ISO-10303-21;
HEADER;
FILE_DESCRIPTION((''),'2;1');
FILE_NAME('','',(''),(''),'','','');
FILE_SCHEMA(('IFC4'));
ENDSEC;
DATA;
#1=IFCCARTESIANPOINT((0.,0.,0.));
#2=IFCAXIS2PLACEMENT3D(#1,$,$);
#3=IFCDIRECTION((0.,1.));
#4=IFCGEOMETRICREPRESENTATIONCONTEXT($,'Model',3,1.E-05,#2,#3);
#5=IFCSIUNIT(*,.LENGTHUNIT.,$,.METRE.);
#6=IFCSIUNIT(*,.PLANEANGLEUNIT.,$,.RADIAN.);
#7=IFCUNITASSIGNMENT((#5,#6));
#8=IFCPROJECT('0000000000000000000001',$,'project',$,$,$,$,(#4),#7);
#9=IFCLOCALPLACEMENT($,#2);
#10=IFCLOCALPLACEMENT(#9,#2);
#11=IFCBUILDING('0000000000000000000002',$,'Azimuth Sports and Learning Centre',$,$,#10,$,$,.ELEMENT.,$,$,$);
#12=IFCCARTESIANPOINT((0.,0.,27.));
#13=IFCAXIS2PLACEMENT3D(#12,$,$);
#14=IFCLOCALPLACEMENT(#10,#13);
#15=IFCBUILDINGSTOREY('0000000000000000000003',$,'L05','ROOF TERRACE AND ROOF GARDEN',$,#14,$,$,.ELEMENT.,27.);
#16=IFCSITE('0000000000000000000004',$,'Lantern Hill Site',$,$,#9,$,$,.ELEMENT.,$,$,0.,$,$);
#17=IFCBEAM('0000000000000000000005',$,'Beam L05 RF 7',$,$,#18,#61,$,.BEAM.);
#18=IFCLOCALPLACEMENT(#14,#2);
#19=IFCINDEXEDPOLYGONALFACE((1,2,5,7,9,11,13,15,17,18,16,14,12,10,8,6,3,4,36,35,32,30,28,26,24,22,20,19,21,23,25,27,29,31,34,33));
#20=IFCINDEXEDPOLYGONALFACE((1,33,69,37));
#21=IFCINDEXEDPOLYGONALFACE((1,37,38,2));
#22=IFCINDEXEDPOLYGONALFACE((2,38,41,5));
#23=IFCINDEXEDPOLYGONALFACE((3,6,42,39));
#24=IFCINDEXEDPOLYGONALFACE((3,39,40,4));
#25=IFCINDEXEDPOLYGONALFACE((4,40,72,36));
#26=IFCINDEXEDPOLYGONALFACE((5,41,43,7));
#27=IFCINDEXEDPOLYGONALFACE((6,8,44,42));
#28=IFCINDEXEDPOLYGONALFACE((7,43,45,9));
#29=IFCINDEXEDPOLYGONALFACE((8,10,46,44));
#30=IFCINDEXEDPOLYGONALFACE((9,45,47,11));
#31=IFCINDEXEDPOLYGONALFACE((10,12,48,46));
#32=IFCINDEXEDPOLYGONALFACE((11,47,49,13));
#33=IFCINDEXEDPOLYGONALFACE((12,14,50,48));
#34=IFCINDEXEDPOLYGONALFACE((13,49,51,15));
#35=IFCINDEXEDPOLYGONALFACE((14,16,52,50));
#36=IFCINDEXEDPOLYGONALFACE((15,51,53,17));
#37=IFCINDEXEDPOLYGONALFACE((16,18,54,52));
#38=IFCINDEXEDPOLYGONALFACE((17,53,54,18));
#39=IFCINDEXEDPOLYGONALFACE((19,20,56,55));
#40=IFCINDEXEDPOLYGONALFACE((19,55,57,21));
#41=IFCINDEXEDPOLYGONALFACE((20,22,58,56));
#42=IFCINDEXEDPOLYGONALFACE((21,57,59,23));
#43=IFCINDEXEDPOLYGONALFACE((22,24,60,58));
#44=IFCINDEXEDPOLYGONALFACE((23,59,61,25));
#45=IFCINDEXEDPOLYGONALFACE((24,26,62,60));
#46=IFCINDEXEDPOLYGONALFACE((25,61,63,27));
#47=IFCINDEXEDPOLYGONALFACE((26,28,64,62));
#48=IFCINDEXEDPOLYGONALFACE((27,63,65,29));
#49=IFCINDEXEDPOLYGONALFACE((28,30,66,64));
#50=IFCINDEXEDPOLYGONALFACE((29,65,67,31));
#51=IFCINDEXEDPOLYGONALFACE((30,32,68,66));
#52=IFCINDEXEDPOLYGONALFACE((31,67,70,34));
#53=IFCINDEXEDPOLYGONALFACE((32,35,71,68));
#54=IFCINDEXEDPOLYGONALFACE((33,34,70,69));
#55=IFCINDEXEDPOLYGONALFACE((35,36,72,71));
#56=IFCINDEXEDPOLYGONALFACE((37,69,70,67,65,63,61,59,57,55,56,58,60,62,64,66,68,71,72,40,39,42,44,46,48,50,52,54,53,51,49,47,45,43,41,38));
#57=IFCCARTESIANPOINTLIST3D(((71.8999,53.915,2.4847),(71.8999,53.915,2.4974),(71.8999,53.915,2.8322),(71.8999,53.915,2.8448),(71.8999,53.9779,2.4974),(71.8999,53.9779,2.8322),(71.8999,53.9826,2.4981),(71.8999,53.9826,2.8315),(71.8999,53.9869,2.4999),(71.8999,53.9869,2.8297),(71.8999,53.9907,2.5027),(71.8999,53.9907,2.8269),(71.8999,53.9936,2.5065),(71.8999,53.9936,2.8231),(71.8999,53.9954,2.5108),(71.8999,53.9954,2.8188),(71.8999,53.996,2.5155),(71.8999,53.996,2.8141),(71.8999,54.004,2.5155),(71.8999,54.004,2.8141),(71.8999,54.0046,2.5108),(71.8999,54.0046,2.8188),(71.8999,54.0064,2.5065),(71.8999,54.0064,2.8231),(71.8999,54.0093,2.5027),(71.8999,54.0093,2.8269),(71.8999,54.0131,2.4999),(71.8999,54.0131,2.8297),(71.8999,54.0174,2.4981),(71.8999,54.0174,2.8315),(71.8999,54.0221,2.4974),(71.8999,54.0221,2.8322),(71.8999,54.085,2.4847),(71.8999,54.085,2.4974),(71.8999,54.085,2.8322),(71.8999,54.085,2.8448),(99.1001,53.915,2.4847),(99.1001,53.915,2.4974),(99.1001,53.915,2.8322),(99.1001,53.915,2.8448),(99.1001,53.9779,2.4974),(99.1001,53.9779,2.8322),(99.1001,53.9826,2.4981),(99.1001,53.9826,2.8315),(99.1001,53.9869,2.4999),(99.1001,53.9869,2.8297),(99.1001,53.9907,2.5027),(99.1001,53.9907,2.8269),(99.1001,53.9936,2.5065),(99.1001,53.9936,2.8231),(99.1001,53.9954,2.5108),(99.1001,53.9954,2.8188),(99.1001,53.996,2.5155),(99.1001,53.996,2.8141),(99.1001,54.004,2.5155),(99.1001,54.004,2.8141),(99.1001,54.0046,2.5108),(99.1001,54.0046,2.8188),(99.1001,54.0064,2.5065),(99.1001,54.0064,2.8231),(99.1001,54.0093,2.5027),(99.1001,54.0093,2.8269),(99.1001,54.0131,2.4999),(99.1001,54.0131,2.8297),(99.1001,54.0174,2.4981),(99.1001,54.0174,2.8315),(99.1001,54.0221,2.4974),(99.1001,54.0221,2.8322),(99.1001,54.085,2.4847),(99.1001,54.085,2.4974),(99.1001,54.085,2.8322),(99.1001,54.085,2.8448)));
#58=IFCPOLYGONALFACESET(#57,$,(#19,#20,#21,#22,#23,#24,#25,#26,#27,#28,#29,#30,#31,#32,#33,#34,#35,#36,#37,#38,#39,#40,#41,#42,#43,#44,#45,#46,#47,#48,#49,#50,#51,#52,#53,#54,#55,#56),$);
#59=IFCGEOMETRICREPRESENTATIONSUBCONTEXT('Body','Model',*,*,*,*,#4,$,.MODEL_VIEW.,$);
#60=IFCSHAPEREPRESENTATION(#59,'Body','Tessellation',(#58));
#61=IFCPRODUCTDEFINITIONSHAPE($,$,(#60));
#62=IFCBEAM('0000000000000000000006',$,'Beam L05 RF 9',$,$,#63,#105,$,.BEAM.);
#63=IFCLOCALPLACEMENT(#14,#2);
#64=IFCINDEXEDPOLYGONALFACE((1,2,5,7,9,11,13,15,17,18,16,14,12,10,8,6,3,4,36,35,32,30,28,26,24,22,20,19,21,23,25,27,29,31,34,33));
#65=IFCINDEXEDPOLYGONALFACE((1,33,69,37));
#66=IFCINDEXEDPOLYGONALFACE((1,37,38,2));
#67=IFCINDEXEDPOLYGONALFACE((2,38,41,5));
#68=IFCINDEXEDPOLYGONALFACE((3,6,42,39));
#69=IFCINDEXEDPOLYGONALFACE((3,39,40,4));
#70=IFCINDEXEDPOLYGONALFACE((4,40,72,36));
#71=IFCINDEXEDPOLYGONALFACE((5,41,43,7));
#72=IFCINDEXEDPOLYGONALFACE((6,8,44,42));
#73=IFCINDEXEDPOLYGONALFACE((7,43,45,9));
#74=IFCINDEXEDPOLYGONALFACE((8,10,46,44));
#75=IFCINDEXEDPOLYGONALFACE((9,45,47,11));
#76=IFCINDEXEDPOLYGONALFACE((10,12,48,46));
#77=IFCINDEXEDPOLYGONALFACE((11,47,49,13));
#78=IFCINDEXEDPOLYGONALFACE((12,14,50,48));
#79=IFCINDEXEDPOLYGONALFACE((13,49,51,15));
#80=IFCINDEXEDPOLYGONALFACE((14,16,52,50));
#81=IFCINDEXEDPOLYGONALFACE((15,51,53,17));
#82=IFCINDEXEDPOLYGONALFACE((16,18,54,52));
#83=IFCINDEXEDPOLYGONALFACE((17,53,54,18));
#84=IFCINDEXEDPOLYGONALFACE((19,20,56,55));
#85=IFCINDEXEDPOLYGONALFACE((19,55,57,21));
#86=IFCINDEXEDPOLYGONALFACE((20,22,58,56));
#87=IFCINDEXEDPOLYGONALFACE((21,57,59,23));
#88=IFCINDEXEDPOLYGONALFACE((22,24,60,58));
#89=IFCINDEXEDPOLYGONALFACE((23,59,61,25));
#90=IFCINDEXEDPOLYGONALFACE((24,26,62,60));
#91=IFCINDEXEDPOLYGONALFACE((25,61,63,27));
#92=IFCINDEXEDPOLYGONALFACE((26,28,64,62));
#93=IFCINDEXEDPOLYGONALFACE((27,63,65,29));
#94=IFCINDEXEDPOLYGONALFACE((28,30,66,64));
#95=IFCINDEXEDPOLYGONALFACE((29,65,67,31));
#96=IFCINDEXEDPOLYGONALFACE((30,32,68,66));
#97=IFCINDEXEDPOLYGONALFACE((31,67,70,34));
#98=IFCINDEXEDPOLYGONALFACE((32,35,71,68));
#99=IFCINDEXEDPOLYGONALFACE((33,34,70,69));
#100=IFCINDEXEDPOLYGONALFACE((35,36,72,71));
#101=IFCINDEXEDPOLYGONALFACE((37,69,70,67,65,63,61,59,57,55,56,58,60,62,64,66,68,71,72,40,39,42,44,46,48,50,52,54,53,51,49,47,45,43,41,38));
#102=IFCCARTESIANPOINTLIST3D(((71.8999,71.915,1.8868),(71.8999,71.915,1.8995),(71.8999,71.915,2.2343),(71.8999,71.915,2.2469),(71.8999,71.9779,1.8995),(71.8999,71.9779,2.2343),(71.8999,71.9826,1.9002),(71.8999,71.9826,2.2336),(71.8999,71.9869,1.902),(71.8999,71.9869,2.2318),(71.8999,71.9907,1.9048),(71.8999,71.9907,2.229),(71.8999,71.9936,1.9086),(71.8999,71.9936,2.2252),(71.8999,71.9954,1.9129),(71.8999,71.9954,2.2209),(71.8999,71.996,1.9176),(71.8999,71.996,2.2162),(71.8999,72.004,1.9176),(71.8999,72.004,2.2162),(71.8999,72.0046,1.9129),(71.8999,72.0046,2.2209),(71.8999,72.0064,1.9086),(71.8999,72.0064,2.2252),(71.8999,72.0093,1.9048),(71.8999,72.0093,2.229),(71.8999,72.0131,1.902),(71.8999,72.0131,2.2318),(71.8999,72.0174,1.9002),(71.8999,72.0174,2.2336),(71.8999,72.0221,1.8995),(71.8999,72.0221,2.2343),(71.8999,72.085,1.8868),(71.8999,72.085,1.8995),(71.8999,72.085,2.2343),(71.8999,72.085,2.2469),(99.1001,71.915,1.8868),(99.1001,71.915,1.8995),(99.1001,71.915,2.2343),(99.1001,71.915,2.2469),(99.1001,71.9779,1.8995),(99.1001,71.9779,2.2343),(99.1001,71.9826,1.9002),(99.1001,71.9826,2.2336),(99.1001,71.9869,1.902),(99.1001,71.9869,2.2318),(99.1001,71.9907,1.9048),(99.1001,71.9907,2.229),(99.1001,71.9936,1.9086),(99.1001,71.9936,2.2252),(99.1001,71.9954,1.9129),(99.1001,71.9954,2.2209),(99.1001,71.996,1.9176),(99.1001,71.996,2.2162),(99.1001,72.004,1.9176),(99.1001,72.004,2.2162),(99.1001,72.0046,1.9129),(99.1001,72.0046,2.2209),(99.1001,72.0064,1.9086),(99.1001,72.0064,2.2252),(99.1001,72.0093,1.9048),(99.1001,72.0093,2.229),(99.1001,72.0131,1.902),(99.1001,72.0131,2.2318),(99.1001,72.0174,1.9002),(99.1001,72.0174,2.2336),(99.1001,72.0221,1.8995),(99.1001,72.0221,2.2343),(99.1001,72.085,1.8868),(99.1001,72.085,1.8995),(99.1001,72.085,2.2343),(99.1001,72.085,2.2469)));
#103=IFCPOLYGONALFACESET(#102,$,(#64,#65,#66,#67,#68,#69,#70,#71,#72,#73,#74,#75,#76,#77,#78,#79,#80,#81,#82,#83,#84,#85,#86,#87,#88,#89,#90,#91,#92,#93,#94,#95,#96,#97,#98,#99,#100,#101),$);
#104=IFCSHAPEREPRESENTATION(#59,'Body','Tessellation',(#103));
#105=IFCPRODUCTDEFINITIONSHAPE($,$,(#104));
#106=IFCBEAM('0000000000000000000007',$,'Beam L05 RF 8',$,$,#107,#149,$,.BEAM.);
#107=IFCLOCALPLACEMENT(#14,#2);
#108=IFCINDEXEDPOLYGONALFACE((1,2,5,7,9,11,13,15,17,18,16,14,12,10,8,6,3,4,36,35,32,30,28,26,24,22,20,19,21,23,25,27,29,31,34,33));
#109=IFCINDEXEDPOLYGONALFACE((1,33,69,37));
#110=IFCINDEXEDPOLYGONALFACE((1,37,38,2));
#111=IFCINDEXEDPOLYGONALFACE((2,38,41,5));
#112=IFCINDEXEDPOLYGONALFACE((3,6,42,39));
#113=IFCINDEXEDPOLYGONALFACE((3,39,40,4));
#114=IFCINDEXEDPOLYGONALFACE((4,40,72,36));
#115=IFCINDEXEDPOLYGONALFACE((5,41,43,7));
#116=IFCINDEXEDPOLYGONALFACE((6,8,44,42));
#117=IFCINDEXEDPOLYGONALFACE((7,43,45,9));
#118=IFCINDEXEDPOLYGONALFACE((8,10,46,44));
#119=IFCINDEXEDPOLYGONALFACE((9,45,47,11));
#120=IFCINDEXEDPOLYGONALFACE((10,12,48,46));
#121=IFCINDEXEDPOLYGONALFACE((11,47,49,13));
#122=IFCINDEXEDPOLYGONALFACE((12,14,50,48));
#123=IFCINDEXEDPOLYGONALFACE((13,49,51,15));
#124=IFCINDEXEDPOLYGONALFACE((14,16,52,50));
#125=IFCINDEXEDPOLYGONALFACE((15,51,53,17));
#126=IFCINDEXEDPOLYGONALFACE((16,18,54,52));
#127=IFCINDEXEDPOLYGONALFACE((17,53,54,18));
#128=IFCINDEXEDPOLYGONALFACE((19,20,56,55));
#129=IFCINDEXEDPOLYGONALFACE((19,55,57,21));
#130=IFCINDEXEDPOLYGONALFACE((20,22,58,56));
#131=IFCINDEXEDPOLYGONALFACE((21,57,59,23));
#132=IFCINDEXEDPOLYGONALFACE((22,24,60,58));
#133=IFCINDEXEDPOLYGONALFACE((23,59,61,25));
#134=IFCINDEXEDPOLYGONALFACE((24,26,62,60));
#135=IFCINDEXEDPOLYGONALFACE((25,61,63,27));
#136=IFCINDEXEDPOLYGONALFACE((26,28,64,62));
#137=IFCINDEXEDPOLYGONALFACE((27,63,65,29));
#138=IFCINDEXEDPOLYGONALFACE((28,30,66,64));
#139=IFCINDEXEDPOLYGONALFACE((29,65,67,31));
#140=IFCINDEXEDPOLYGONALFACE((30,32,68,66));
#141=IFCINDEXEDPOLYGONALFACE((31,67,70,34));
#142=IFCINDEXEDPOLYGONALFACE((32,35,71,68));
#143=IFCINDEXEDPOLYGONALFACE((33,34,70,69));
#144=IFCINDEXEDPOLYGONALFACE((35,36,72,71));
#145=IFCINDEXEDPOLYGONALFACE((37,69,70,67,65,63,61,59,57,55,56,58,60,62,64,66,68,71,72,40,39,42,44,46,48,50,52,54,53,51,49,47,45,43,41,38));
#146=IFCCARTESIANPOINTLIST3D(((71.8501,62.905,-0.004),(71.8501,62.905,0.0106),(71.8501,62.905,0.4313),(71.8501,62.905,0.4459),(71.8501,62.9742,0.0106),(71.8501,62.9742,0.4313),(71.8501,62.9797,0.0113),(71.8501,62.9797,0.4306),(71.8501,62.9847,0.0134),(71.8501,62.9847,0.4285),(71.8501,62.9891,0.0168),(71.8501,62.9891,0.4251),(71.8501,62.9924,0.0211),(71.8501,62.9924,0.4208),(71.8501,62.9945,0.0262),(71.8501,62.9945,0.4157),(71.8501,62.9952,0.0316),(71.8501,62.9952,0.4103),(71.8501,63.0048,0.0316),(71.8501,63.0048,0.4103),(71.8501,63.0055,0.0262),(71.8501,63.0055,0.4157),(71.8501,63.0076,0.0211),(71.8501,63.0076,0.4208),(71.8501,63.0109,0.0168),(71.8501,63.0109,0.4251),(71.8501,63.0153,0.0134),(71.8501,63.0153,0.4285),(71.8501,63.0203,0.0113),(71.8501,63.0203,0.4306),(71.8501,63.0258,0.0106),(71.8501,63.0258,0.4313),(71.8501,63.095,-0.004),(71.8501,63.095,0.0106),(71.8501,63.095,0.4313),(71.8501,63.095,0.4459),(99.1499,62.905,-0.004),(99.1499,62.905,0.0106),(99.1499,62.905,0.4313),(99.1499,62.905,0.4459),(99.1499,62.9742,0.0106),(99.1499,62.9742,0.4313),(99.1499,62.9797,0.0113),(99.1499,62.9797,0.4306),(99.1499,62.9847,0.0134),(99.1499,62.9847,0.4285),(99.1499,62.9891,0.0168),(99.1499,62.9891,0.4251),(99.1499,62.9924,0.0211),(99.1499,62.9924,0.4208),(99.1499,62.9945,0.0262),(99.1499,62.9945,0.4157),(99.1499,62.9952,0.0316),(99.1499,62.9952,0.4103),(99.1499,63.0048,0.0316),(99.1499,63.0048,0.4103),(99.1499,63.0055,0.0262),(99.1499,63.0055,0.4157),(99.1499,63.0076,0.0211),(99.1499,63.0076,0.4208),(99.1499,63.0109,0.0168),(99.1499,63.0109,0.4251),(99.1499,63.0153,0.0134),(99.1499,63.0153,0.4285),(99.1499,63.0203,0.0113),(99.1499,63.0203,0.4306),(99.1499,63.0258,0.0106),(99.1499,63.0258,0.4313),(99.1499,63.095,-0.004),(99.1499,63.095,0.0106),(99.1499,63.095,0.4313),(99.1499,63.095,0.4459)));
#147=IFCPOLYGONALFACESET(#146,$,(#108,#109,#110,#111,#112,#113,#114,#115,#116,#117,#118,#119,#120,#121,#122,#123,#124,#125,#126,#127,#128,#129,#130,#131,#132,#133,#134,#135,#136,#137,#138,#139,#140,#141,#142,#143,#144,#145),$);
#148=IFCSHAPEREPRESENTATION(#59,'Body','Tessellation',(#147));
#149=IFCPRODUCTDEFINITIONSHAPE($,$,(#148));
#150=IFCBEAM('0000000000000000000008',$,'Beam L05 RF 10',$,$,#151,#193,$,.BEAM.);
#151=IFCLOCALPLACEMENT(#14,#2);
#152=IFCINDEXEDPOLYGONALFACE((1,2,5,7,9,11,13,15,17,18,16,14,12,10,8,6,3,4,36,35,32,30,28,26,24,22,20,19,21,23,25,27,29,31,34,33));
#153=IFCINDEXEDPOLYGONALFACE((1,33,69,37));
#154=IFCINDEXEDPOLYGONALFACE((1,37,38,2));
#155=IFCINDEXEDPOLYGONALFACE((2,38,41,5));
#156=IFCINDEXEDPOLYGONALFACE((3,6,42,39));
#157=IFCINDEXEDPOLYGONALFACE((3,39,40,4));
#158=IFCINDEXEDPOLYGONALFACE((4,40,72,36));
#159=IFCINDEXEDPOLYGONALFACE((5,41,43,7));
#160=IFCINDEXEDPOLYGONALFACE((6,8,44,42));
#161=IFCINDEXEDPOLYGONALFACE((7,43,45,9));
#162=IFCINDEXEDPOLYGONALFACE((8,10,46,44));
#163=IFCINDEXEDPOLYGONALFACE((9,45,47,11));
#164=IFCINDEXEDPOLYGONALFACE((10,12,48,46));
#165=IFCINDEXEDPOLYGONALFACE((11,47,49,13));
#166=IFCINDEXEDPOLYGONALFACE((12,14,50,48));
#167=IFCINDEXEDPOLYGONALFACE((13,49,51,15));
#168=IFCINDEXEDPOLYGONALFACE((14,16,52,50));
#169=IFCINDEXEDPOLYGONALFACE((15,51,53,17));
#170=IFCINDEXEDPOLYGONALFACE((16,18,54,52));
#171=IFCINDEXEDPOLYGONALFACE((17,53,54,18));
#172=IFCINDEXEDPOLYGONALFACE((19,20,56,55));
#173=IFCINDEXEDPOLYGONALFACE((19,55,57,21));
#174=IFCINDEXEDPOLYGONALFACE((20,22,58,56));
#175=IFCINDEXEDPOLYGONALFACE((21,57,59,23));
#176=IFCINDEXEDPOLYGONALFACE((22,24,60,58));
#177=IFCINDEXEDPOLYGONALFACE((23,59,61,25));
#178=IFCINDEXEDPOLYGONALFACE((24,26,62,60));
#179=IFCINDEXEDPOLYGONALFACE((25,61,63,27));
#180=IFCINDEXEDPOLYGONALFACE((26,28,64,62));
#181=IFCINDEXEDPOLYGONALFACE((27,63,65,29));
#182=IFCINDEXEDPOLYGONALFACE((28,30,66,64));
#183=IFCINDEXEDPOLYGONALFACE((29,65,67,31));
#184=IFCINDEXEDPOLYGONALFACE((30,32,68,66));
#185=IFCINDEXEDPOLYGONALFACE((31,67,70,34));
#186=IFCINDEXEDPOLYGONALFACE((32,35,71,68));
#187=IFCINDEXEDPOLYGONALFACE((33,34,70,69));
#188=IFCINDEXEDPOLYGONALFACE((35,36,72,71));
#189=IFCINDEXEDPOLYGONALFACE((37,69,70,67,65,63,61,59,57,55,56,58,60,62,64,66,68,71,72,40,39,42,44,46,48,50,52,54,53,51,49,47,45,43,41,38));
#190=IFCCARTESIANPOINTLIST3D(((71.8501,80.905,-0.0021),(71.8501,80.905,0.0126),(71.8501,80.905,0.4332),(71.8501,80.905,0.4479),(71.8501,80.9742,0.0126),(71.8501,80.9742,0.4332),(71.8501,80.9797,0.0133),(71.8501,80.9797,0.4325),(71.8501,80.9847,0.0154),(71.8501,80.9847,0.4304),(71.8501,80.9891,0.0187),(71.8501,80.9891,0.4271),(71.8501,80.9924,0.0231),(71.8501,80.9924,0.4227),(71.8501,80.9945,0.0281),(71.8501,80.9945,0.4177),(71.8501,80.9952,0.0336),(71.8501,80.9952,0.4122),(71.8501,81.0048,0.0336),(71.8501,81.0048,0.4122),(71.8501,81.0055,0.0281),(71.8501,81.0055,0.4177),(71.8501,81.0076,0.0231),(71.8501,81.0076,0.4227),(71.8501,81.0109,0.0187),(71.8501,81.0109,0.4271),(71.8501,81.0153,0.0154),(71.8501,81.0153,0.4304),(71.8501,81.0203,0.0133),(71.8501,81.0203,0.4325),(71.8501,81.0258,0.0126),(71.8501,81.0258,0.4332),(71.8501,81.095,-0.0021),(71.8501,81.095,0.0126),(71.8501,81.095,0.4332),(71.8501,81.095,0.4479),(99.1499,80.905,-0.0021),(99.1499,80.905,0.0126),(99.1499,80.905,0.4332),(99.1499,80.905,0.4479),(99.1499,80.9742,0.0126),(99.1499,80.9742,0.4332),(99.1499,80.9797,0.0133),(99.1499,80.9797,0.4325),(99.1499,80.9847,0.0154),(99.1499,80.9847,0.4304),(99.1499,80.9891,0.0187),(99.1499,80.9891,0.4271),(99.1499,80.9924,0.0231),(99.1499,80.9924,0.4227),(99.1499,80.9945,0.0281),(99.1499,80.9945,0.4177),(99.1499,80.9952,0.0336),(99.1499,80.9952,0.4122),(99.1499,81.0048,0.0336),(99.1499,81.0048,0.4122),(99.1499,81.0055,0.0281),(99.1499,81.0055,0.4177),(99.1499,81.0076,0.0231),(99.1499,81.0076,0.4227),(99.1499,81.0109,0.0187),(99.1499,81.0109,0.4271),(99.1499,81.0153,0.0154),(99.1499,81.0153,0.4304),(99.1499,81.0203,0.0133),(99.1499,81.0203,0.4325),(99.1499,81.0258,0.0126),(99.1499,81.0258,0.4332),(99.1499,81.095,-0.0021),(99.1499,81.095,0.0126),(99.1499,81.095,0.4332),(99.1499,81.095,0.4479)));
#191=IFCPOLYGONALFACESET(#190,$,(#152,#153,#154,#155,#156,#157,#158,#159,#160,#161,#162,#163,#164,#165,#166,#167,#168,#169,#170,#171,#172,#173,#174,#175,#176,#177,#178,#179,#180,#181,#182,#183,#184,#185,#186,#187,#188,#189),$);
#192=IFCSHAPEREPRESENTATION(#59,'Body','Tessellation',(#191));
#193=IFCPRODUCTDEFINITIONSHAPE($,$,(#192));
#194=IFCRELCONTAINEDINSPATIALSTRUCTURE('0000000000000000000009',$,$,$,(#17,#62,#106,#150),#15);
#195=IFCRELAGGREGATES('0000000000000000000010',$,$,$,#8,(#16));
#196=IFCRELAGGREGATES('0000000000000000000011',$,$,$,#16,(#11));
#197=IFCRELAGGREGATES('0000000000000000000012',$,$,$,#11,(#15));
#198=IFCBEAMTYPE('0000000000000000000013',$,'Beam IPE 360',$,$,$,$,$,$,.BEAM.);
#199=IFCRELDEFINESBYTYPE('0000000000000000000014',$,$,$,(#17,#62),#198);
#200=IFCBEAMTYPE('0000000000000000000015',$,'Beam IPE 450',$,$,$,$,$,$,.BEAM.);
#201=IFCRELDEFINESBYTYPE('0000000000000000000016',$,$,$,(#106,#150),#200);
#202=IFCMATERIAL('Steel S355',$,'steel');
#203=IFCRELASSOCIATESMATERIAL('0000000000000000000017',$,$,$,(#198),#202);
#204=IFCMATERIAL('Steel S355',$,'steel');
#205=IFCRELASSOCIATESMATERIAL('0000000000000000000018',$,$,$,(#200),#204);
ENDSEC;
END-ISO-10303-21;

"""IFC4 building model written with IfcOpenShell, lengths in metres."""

from ifc_helpers import new_model, si_unit, direction, frame, origin, origin_2d, place, context, subcontext, project, spatial, i_section, extrude, material, material_profile, profile_set, type_object, element, save


model = new_model("IFC4")

# Units and contexts
model_context = context("Model", 3, precision=1e-05, world=origin(), true_north=direction((0.0, 1.0)))
body_context = subcontext(model_context, "Body", "Model", "MODEL_VIEW")
ifc_project = project(units=[si_unit("LENGTHUNIT", "METRE"), si_unit("PLANEANGLEUNIT", "RADIAN")], contexts=[model_context])

# Site, building, storey
site_placement = place(None, origin())
site = spatial("IfcSite", under=ifc_project, at=site_placement, Name="Lantern Hill Site", CompositionType="ELEMENT", RefElevation=0.0)
building_placement = place(site_placement, origin())
building = spatial("IfcBuilding", under=site, at=building_placement, Name="Azimuth Sports and Learning Centre", CompositionType="ELEMENT")
storey_placement = place(building_placement, frame((0.0, 0.0, 27.0)))
storey = spatial("IfcBuildingStorey", under=building, at=storey_placement, Name="L05", Description="ROOF TERRACE AND ROOF GARDEN", CompositionType="ELEMENT", Elevation=27.0)

# Beams
ifc_material_1 = material(Name="Steel S355", Category="steel")
ifc_material_profile_1 = material_profile(ifc_material_1, i_section(OverallWidth=0.1699, OverallDepth=0.3601, WebThickness=0.0081, FlangeThickness=0.0127, FilletRadius=0.0181, at=origin_2d()), Name="IPE 360")
ifc_profile_set_1 = profile_set([ifc_material_profile_1], Name="Steel S355")
beam_type_1 = type_object("IfcBeamType", Name="Beam IPE 360", PredefinedType="BEAM", material=ifc_profile_set_1)
for number, where, z_axis, x_axis, name in (
    (1, (71.8999, 54.0, 2.6648), (1.0, 0.0, 0.0), (0.0, 1.0, 0.0), "Beam L05 RF 7"),
    (2, (71.8999, 72.0, 2.0669), (1.0, 0.0, 0.0), (0.0, 1.0, 0.0), "Beam L05 RF 9"),
):
    element("IfcBeam", number, at=place(storey_placement, frame(where, z_axis=z_axis, x_axis=x_axis)), inside=storey, type_object=beam_type_1, Name=name, PredefinedType="BEAM", context=body_context, shape_type="SweptSolid", body=[
        extrude(i_section(OverallWidth=0.1699, OverallDepth=0.3601, WebThickness=0.0081, FlangeThickness=0.0127, FilletRadius=0.0181, at=origin_2d()), origin(), (0.0, 0.0, 1.0), 27.2002),
    ])
ifc_material_2 = material(Name="Steel S355", Category="steel")
ifc_material_profile_2 = material_profile(ifc_material_2, i_section(OverallWidth=0.1899, OverallDepth=0.45, WebThickness=0.0095, FlangeThickness=0.0146, FilletRadius=0.021, at=origin_2d()), Name="IPE 450")
ifc_profile_set_2 = profile_set([ifc_material_profile_2], Name="Steel S355")
beam_type_2 = type_object("IfcBeamType", Name="Beam IPE 450", PredefinedType="BEAM", material=ifc_profile_set_2)
for number, where, z_axis, x_axis, name in (
    (3, (71.8501, 63.0, 0.2209), (1.0, 0.0, 0.0), (0.0, 1.0, 0.0), "Beam L05 RF 8"),
    (4, (71.8501, 81.0, 0.2229), (1.0, 0.0, 0.0), (0.0, 1.0, 0.0), "Beam L05 RF 10"),
):
    element("IfcBeam", number, at=place(storey_placement, frame(where, z_axis=z_axis, x_axis=x_axis)), inside=storey, type_object=beam_type_2, Name=name, PredefinedType="BEAM", context=body_context, shape_type="SweptSolid", body=[
        extrude(i_section(OverallWidth=0.1899, OverallDepth=0.45, WebThickness=0.0095, FlangeThickness=0.0146, FilletRadius=0.021, at=origin_2d()), origin(), (0.0, 0.0, 1.0), 27.2998),
    ])

save(model, "model.ifc")
